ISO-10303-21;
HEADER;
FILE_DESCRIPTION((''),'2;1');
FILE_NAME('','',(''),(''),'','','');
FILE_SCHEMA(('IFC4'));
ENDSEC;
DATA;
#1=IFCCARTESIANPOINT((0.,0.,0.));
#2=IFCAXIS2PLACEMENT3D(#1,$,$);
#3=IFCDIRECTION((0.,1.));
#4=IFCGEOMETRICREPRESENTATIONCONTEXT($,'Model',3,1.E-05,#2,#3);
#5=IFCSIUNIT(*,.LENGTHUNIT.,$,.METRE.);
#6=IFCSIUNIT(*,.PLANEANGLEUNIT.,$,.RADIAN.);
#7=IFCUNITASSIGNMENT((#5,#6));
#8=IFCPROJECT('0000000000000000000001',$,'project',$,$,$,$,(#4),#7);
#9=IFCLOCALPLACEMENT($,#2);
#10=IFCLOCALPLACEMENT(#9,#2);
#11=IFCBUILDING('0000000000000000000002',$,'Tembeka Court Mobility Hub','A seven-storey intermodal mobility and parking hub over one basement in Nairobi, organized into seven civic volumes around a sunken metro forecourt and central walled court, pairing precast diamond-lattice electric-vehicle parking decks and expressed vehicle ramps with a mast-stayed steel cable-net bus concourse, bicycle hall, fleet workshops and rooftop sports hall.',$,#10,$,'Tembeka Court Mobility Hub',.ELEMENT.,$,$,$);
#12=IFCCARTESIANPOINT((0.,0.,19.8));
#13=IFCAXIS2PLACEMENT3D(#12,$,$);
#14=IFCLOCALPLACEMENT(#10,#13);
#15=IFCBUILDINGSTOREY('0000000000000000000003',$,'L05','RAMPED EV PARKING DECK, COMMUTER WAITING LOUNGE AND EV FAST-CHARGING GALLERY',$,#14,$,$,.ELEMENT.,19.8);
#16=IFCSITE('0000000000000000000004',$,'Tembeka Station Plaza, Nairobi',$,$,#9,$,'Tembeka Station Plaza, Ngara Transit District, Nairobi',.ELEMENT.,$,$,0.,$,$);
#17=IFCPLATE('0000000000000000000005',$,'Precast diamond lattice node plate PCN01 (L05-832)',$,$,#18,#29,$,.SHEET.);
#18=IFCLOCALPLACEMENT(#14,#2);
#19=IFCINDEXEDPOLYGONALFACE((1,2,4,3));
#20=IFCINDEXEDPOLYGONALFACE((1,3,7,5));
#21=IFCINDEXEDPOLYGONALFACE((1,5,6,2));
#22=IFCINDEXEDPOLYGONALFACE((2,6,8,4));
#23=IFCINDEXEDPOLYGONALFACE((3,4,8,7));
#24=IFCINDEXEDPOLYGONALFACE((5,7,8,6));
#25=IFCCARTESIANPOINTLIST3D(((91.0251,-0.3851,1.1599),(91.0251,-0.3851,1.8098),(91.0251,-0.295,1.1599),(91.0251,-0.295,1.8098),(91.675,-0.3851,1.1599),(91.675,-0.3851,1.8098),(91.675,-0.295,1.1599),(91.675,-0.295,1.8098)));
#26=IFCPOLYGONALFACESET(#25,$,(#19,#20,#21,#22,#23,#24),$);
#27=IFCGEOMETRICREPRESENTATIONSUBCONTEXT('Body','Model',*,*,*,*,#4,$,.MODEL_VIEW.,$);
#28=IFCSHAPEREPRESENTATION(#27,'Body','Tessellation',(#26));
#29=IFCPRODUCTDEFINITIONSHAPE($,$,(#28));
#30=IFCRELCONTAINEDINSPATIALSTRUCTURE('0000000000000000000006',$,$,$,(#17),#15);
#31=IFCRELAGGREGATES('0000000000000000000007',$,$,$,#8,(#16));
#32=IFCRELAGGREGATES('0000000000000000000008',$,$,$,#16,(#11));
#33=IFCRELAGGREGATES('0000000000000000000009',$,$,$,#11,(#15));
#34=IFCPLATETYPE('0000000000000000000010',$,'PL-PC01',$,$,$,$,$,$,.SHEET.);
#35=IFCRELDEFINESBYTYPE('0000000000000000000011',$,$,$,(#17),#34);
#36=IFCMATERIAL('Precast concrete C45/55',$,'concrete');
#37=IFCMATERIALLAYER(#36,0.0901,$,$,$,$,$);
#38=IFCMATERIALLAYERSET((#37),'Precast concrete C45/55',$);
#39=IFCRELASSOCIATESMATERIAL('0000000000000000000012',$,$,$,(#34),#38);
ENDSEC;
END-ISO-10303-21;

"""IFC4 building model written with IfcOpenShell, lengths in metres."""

from ifc_helpers import new_model, si_unit, direction, frame, origin, origin_2d, place, context, subcontext, project, spatial, rectangle, extrude, material, layer, layer_set, type_object, element, save


model = new_model("IFC4")

# Units and contexts
model_context = context("Model", 3, precision=1e-05, world=origin(), true_north=direction((0.0, 1.0)))
body_context = subcontext(model_context, "Body", "Model", "MODEL_VIEW")
ifc_project = project(units=[si_unit("LENGTHUNIT", "METRE"), si_unit("PLANEANGLEUNIT", "RADIAN")], contexts=[model_context])

# Site, building, storey
site_placement = place(None, origin())
site = spatial("IfcSite", under=ifc_project, at=site_placement, Name="Tembeka Station Plaza, Nairobi", LongName="Tembeka Station Plaza, Ngara Transit District, Nairobi", CompositionType="ELEMENT", RefElevation=0.0)
building_placement = place(site_placement, origin())
building = spatial("IfcBuilding", under=site, at=building_placement, Name="Tembeka Court Mobility Hub", Description="A seven-storey intermodal mobility and parking hub over one basement in Nairobi, organized into seven civic volumes around a sunken metro forecourt and central walled court, pairing precast diamond-lattice electric-vehicle parking decks and expressed vehicle ramps with a mast-stayed steel cable-net bus concourse, bicycle hall, fleet workshops and rooftop sports hall.", LongName="Tembeka Court Mobility Hub", CompositionType="ELEMENT")
storey_placement = place(building_placement, frame((0.0, 0.0, 19.8)))
storey = spatial("IfcBuildingStorey", under=building, at=storey_placement, Name="L05", Description="RAMPED EV PARKING DECK, COMMUTER WAITING LOUNGE AND EV FAST-CHARGING GALLERY", CompositionType="ELEMENT", Elevation=19.8)

# Shared definitions
ifc_material_1 = material(Name="Precast concrete C45/55", Category="concrete")

# Plate
ifc_layer = layer(ifc_material_1, 0.0901)
ifc_layer_set = layer_set([ifc_layer], Name="Precast concrete C45/55")
plate_type = type_object("IfcPlateType", Name="PL-PC01", PredefinedType="SHEET", material=ifc_layer_set)
for number, where, z_axis, x_axis, name in (
    (1, (91.3501, -0.3401, 1.1599), (0.0, 0.0, 1.0), (1.0, 0.0, 0.0), "Precast diamond lattice node plate PCN01 (L05-832)"),
):
    element("IfcPlate", number, at=place(storey_placement, frame(where, z_axis=z_axis, x_axis=x_axis)), inside=storey, type_object=plate_type, Name=name, PredefinedType="SHEET", context=body_context, shape_type="SweptSolid", body=[
        extrude(rectangle(XDim=0.6499, YDim=0.0901, at=origin_2d()), origin(), (0.0, 0.0, 1.0), 0.6499),
    ])

save(model, "model.ifc")
